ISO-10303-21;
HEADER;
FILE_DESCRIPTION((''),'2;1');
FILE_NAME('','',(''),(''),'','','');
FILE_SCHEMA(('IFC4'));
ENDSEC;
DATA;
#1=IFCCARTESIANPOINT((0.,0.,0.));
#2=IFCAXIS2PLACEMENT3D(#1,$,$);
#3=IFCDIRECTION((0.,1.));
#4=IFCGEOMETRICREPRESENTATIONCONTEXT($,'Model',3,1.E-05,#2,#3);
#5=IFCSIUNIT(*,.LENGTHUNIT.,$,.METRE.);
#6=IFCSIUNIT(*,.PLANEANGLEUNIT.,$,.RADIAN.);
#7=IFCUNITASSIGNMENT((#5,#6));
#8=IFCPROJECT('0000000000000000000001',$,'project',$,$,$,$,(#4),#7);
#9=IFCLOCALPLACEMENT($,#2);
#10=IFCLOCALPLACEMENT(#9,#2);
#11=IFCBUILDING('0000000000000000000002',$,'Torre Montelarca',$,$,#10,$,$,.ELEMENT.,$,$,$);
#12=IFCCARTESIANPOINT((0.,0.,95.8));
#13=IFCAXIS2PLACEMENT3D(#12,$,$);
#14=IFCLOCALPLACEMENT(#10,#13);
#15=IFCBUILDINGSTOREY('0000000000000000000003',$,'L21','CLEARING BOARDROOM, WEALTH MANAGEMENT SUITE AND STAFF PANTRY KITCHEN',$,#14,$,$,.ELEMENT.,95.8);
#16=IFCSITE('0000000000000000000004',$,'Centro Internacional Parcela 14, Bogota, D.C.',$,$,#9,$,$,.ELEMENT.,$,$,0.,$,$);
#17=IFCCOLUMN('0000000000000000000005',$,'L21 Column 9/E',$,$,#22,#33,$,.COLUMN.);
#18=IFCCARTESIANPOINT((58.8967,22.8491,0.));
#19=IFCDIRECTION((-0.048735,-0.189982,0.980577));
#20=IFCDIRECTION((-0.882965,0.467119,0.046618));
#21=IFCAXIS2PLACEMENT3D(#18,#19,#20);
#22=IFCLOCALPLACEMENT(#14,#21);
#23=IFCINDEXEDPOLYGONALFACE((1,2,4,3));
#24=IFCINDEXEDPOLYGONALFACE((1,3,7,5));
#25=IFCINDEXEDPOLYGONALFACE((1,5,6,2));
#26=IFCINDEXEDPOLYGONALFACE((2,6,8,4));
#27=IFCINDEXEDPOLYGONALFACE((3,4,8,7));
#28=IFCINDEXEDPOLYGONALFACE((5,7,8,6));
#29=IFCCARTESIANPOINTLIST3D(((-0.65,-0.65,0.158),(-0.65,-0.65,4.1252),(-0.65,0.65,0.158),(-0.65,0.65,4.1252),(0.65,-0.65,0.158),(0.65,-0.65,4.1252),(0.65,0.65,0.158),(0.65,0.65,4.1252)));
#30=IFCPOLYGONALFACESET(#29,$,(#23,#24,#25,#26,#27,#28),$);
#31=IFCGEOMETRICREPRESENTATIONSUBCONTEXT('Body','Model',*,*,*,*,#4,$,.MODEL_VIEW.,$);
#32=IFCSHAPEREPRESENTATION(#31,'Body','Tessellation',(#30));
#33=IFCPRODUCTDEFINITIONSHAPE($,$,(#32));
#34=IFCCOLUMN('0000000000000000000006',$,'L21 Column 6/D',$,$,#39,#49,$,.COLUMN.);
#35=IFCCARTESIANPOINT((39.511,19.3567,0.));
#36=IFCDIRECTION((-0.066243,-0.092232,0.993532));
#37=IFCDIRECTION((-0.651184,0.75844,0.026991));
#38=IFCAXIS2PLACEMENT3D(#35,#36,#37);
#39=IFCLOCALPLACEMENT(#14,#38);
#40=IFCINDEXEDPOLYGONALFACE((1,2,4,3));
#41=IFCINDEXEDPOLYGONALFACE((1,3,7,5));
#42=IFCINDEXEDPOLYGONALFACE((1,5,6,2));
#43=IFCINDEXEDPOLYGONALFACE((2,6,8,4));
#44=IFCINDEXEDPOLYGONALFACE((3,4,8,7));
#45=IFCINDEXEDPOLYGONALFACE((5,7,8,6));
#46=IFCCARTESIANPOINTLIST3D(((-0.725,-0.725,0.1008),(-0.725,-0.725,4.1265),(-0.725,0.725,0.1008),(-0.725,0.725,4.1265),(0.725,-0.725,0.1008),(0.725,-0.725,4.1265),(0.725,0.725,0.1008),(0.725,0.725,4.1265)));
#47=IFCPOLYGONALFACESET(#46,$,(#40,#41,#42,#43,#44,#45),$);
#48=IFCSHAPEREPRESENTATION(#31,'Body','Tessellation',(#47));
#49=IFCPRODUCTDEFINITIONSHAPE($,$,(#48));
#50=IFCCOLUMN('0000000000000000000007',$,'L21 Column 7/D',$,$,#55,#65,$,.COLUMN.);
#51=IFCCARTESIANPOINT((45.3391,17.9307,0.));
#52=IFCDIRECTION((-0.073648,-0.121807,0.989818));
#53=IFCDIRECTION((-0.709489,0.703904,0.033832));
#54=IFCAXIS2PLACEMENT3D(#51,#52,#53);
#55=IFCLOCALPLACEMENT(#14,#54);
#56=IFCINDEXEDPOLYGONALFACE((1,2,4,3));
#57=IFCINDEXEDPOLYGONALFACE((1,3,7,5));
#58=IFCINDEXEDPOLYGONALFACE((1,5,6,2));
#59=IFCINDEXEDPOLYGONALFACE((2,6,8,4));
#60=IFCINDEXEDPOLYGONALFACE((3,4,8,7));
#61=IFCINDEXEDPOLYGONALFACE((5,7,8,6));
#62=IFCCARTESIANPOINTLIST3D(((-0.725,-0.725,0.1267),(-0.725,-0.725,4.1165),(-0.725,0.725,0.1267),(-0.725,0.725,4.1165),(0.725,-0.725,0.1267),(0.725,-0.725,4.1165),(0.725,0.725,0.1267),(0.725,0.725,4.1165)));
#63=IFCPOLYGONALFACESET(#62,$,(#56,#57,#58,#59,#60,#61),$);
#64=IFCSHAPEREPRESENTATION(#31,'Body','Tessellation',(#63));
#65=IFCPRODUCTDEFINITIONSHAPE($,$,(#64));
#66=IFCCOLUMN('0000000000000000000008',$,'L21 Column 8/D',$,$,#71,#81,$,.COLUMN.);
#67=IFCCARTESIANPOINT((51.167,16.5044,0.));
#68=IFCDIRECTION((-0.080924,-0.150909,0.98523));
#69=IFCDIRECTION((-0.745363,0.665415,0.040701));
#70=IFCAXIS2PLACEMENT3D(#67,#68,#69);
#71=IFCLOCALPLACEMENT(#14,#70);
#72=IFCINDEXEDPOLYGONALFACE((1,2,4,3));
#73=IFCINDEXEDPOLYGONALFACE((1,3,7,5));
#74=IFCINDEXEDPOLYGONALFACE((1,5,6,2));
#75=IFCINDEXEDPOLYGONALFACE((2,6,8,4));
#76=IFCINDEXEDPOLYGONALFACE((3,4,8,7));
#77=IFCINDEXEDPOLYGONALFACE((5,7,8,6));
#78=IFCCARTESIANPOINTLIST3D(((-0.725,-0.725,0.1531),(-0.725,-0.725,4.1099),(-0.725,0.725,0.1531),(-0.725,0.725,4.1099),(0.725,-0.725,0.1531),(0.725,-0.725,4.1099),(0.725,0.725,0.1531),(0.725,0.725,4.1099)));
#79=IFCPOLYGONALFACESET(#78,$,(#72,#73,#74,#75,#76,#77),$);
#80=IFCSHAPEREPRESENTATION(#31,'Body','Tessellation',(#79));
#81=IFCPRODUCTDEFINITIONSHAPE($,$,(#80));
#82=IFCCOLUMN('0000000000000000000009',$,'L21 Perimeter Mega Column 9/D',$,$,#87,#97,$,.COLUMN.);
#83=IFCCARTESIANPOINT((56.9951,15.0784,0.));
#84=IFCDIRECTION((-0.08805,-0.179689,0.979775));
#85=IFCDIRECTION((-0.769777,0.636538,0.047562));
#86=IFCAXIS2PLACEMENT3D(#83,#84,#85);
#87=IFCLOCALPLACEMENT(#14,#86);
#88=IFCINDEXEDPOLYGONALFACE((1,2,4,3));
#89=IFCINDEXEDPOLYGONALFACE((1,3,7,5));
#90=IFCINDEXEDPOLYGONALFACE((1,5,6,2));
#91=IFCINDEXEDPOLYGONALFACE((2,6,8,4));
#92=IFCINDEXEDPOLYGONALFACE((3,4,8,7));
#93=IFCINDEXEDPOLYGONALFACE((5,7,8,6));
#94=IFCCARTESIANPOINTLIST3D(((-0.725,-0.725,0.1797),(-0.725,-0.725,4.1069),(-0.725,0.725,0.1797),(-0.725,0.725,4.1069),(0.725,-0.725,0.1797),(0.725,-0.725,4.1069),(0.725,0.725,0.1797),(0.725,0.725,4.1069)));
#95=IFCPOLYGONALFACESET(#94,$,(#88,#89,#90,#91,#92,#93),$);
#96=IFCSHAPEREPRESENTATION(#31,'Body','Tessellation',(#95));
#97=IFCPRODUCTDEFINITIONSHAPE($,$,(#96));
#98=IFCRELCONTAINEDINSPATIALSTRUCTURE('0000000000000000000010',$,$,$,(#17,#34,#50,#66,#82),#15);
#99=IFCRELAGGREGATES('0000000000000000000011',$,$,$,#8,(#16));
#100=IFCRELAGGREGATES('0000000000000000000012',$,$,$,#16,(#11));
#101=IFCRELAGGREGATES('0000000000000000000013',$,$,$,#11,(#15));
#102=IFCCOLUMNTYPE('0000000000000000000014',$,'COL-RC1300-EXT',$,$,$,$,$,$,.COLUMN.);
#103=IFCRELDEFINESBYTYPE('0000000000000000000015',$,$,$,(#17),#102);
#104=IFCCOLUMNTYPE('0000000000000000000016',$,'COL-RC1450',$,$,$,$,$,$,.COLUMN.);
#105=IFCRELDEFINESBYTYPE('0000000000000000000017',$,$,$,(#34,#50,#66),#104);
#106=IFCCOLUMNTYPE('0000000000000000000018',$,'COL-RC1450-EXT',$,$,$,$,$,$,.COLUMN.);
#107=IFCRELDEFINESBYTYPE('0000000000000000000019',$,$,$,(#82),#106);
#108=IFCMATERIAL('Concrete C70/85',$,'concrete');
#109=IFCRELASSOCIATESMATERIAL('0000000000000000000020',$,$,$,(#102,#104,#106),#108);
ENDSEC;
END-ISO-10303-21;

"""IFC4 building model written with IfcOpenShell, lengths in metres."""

from ifc_helpers import new_model, si_unit, direction, frame, origin, origin_2d, place, context, subcontext, project, spatial, rectangle, extrude, clip, halfspace, material, material_profile, profile_set, type_object, element, save


model = new_model("IFC4")

# Units and contexts
model_context = context("Model", 3, precision=1e-05, world=origin(), true_north=direction((0.0, 1.0)))
body_context = subcontext(model_context, "Body", "Model", "MODEL_VIEW")
ifc_project = project(units=[si_unit("LENGTHUNIT", "METRE"), si_unit("PLANEANGLEUNIT", "RADIAN")], contexts=[model_context])

# Site, building, storey
site_placement = place(None, origin())
site = spatial("IfcSite", under=ifc_project, at=site_placement, Name="Centro Internacional Parcela 14, Bogota, D.C.", CompositionType="ELEMENT", RefElevation=0.0)
building_placement = place(site_placement, origin())
building = spatial("IfcBuilding", under=site, at=building_placement, Name="Torre Montelarca", CompositionType="ELEMENT")
storey_placement = place(building_placement, frame((0.0, 0.0, 95.8)))
storey = spatial("IfcBuildingStorey", under=building, at=storey_placement, Name="L21", Description="CLEARING BOARDROOM, WEALTH MANAGEMENT SUITE AND STAFF PANTRY KITCHEN", CompositionType="ELEMENT", Elevation=95.8)

# Columns
ifc_material_1 = material(Name="Concrete C70/85", Category="concrete")
ifc_material_profile_1 = material_profile(ifc_material_1, rectangle(XDim=1.3, YDim=1.3, at=origin_2d()), Name="RC1300X1300", Category="concrete")
ifc_profile_set_1 = profile_set([ifc_material_profile_1], Name="Concrete C70/85")
column_type_1 = type_object("IfcColumnType", Name="COL-RC1300-EXT", PredefinedType="COLUMN", material=ifc_profile_set_1)
column_1_placement = place(storey_placement, frame((58.8967, 22.8491, 0.0), z_axis=(-0.048735, -0.189982, 0.980577), x_axis=(-0.882965, 0.467119, 0.046618)))
element("IfcColumn", 1, at=column_1_placement, inside=storey, type_object=column_type_1, Name="L21 Column 9/E", PredefinedType="COLUMN", context=body_context, shape_type="Clipping", body=[
    clip(clip(extrude(rectangle(XDim=1.3, YDim=1.3, at=origin_2d()), origin(), (0.0, 0.0, 1.0), 4.2832), halfspace(frame((0.0, 0.0, 0.158), z_axis=(0.0, 0.0, -1.0), x_axis=(1.0, 0.0, 0.0)), False)), halfspace(frame((0.0, 0.0, 4.1252), z_axis=(0.0, 0.0, 1.0), x_axis=(1.0, 0.0, 0.0)), False)),
])
ifc_material_profile_2 = material_profile(ifc_material_1, rectangle(XDim=1.45, YDim=1.45, at=origin_2d()), Name="RC1450X1450", Category="concrete")
ifc_profile_set_2 = profile_set([ifc_material_profile_2], Name="Concrete C70/85")
column_type_2 = type_object("IfcColumnType", Name="COL-RC1450", PredefinedType="COLUMN", material=ifc_profile_set_2)
column_2_placement = place(storey_placement, frame((39.511, 19.3567, 0.0), z_axis=(-0.066243, -0.092232, 0.993532), x_axis=(-0.651184, 0.75844, 0.026991)))
element("IfcColumn", 2, at=column_2_placement, inside=storey, type_object=column_type_2, Name="L21 Column 6/D", PredefinedType="COLUMN", context=body_context, shape_type="Clipping", body=[
    clip(clip(extrude(rectangle(XDim=1.45, YDim=1.45, at=origin_2d()), origin(), (0.0, 0.0, 1.0), 4.2273), halfspace(frame((0.0, 0.0, 0.1008), z_axis=(0.0, 0.0, -1.0), x_axis=(1.0, 0.0, 0.0)), False)), halfspace(frame((0.0, 0.0, 4.1265), z_axis=(0.0, 0.0, 1.0), x_axis=(1.0, 0.0, 0.0)), False)),
])
column_3_placement = place(storey_placement, frame((45.3391, 17.9307, 0.0), z_axis=(-0.073648, -0.121807, 0.989818), x_axis=(-0.709489, 0.703904, 0.033832)))
element("IfcColumn", 3, at=column_3_placement, inside=storey, type_object=column_type_2, Name="L21 Column 7/D", PredefinedType="COLUMN", context=body_context, shape_type="Clipping", body=[
    clip(clip(extrude(rectangle(XDim=1.45, YDim=1.45, at=origin_2d()), origin(), (0.0, 0.0, 1.0), 4.2432), halfspace(frame((0.0, 0.0, 0.1267), z_axis=(0.0, 0.0, -1.0), x_axis=(1.0, 0.0, 0.0)), False)), halfspace(frame((0.0, 0.0, 4.1165), z_axis=(0.0, 0.0, 1.0), x_axis=(1.0, 0.0, 0.0)), False)),
])
column_4_placement = place(storey_placement, frame((51.167, 16.5044, 0.0), z_axis=(-0.080924, -0.150909, 0.98523), x_axis=(-0.745363, 0.665415, 0.040701)))
element("IfcColumn", 4, at=column_4_placement, inside=storey, type_object=column_type_2, Name="L21 Column 8/D", PredefinedType="COLUMN", context=body_context, shape_type="Clipping", body=[
    clip(clip(extrude(rectangle(XDim=1.45, YDim=1.45, at=origin_2d()), origin(), (0.0, 0.0, 1.0), 4.2629), halfspace(frame((0.0, 0.0, 0.1531), z_axis=(0.0, 0.0, -1.0), x_axis=(1.0, 0.0, 0.0)), False)), halfspace(frame((0.0, 0.0, 4.1099), z_axis=(0.0, 0.0, 1.0), x_axis=(1.0, 0.0, 0.0)), False)),
])
ifc_material_profile_3 = material_profile(ifc_material_1, rectangle(XDim=1.45, YDim=1.45, at=origin_2d()), Name="RC1450X1450", Category="concrete")
ifc_profile_set_3 = profile_set([ifc_material_profile_3], Name="Concrete C70/85")
column_type_3 = type_object("IfcColumnType", Name="COL-RC1450-EXT", PredefinedType="COLUMN", material=ifc_profile_set_3)
column_5_placement = place(storey_placement, frame((56.9951, 15.0784, 0.0), z_axis=(-0.08805, -0.179689, 0.979775), x_axis=(-0.769777, 0.636538, 0.047562)))
element("IfcColumn", 5, at=column_5_placement, inside=storey, type_object=column_type_3, Name="L21 Perimeter Mega Column 9/D", PredefinedType="COLUMN", context=body_context, shape_type="Clipping", body=[
    clip(clip(extrude(rectangle(XDim=1.45, YDim=1.45, at=origin_2d()), origin(), (0.0, 0.0, 1.0), 4.2866), halfspace(frame((0.0, 0.0, 0.1797), z_axis=(0.0, 0.0, -1.0), x_axis=(1.0, 0.0, 0.0)), False)), halfspace(frame((0.0, 0.0, 4.1069), z_axis=(0.0, 0.0, 1.0), x_axis=(1.0, 0.0, 0.0)), False)),
])

save(model, "model.ifc")
